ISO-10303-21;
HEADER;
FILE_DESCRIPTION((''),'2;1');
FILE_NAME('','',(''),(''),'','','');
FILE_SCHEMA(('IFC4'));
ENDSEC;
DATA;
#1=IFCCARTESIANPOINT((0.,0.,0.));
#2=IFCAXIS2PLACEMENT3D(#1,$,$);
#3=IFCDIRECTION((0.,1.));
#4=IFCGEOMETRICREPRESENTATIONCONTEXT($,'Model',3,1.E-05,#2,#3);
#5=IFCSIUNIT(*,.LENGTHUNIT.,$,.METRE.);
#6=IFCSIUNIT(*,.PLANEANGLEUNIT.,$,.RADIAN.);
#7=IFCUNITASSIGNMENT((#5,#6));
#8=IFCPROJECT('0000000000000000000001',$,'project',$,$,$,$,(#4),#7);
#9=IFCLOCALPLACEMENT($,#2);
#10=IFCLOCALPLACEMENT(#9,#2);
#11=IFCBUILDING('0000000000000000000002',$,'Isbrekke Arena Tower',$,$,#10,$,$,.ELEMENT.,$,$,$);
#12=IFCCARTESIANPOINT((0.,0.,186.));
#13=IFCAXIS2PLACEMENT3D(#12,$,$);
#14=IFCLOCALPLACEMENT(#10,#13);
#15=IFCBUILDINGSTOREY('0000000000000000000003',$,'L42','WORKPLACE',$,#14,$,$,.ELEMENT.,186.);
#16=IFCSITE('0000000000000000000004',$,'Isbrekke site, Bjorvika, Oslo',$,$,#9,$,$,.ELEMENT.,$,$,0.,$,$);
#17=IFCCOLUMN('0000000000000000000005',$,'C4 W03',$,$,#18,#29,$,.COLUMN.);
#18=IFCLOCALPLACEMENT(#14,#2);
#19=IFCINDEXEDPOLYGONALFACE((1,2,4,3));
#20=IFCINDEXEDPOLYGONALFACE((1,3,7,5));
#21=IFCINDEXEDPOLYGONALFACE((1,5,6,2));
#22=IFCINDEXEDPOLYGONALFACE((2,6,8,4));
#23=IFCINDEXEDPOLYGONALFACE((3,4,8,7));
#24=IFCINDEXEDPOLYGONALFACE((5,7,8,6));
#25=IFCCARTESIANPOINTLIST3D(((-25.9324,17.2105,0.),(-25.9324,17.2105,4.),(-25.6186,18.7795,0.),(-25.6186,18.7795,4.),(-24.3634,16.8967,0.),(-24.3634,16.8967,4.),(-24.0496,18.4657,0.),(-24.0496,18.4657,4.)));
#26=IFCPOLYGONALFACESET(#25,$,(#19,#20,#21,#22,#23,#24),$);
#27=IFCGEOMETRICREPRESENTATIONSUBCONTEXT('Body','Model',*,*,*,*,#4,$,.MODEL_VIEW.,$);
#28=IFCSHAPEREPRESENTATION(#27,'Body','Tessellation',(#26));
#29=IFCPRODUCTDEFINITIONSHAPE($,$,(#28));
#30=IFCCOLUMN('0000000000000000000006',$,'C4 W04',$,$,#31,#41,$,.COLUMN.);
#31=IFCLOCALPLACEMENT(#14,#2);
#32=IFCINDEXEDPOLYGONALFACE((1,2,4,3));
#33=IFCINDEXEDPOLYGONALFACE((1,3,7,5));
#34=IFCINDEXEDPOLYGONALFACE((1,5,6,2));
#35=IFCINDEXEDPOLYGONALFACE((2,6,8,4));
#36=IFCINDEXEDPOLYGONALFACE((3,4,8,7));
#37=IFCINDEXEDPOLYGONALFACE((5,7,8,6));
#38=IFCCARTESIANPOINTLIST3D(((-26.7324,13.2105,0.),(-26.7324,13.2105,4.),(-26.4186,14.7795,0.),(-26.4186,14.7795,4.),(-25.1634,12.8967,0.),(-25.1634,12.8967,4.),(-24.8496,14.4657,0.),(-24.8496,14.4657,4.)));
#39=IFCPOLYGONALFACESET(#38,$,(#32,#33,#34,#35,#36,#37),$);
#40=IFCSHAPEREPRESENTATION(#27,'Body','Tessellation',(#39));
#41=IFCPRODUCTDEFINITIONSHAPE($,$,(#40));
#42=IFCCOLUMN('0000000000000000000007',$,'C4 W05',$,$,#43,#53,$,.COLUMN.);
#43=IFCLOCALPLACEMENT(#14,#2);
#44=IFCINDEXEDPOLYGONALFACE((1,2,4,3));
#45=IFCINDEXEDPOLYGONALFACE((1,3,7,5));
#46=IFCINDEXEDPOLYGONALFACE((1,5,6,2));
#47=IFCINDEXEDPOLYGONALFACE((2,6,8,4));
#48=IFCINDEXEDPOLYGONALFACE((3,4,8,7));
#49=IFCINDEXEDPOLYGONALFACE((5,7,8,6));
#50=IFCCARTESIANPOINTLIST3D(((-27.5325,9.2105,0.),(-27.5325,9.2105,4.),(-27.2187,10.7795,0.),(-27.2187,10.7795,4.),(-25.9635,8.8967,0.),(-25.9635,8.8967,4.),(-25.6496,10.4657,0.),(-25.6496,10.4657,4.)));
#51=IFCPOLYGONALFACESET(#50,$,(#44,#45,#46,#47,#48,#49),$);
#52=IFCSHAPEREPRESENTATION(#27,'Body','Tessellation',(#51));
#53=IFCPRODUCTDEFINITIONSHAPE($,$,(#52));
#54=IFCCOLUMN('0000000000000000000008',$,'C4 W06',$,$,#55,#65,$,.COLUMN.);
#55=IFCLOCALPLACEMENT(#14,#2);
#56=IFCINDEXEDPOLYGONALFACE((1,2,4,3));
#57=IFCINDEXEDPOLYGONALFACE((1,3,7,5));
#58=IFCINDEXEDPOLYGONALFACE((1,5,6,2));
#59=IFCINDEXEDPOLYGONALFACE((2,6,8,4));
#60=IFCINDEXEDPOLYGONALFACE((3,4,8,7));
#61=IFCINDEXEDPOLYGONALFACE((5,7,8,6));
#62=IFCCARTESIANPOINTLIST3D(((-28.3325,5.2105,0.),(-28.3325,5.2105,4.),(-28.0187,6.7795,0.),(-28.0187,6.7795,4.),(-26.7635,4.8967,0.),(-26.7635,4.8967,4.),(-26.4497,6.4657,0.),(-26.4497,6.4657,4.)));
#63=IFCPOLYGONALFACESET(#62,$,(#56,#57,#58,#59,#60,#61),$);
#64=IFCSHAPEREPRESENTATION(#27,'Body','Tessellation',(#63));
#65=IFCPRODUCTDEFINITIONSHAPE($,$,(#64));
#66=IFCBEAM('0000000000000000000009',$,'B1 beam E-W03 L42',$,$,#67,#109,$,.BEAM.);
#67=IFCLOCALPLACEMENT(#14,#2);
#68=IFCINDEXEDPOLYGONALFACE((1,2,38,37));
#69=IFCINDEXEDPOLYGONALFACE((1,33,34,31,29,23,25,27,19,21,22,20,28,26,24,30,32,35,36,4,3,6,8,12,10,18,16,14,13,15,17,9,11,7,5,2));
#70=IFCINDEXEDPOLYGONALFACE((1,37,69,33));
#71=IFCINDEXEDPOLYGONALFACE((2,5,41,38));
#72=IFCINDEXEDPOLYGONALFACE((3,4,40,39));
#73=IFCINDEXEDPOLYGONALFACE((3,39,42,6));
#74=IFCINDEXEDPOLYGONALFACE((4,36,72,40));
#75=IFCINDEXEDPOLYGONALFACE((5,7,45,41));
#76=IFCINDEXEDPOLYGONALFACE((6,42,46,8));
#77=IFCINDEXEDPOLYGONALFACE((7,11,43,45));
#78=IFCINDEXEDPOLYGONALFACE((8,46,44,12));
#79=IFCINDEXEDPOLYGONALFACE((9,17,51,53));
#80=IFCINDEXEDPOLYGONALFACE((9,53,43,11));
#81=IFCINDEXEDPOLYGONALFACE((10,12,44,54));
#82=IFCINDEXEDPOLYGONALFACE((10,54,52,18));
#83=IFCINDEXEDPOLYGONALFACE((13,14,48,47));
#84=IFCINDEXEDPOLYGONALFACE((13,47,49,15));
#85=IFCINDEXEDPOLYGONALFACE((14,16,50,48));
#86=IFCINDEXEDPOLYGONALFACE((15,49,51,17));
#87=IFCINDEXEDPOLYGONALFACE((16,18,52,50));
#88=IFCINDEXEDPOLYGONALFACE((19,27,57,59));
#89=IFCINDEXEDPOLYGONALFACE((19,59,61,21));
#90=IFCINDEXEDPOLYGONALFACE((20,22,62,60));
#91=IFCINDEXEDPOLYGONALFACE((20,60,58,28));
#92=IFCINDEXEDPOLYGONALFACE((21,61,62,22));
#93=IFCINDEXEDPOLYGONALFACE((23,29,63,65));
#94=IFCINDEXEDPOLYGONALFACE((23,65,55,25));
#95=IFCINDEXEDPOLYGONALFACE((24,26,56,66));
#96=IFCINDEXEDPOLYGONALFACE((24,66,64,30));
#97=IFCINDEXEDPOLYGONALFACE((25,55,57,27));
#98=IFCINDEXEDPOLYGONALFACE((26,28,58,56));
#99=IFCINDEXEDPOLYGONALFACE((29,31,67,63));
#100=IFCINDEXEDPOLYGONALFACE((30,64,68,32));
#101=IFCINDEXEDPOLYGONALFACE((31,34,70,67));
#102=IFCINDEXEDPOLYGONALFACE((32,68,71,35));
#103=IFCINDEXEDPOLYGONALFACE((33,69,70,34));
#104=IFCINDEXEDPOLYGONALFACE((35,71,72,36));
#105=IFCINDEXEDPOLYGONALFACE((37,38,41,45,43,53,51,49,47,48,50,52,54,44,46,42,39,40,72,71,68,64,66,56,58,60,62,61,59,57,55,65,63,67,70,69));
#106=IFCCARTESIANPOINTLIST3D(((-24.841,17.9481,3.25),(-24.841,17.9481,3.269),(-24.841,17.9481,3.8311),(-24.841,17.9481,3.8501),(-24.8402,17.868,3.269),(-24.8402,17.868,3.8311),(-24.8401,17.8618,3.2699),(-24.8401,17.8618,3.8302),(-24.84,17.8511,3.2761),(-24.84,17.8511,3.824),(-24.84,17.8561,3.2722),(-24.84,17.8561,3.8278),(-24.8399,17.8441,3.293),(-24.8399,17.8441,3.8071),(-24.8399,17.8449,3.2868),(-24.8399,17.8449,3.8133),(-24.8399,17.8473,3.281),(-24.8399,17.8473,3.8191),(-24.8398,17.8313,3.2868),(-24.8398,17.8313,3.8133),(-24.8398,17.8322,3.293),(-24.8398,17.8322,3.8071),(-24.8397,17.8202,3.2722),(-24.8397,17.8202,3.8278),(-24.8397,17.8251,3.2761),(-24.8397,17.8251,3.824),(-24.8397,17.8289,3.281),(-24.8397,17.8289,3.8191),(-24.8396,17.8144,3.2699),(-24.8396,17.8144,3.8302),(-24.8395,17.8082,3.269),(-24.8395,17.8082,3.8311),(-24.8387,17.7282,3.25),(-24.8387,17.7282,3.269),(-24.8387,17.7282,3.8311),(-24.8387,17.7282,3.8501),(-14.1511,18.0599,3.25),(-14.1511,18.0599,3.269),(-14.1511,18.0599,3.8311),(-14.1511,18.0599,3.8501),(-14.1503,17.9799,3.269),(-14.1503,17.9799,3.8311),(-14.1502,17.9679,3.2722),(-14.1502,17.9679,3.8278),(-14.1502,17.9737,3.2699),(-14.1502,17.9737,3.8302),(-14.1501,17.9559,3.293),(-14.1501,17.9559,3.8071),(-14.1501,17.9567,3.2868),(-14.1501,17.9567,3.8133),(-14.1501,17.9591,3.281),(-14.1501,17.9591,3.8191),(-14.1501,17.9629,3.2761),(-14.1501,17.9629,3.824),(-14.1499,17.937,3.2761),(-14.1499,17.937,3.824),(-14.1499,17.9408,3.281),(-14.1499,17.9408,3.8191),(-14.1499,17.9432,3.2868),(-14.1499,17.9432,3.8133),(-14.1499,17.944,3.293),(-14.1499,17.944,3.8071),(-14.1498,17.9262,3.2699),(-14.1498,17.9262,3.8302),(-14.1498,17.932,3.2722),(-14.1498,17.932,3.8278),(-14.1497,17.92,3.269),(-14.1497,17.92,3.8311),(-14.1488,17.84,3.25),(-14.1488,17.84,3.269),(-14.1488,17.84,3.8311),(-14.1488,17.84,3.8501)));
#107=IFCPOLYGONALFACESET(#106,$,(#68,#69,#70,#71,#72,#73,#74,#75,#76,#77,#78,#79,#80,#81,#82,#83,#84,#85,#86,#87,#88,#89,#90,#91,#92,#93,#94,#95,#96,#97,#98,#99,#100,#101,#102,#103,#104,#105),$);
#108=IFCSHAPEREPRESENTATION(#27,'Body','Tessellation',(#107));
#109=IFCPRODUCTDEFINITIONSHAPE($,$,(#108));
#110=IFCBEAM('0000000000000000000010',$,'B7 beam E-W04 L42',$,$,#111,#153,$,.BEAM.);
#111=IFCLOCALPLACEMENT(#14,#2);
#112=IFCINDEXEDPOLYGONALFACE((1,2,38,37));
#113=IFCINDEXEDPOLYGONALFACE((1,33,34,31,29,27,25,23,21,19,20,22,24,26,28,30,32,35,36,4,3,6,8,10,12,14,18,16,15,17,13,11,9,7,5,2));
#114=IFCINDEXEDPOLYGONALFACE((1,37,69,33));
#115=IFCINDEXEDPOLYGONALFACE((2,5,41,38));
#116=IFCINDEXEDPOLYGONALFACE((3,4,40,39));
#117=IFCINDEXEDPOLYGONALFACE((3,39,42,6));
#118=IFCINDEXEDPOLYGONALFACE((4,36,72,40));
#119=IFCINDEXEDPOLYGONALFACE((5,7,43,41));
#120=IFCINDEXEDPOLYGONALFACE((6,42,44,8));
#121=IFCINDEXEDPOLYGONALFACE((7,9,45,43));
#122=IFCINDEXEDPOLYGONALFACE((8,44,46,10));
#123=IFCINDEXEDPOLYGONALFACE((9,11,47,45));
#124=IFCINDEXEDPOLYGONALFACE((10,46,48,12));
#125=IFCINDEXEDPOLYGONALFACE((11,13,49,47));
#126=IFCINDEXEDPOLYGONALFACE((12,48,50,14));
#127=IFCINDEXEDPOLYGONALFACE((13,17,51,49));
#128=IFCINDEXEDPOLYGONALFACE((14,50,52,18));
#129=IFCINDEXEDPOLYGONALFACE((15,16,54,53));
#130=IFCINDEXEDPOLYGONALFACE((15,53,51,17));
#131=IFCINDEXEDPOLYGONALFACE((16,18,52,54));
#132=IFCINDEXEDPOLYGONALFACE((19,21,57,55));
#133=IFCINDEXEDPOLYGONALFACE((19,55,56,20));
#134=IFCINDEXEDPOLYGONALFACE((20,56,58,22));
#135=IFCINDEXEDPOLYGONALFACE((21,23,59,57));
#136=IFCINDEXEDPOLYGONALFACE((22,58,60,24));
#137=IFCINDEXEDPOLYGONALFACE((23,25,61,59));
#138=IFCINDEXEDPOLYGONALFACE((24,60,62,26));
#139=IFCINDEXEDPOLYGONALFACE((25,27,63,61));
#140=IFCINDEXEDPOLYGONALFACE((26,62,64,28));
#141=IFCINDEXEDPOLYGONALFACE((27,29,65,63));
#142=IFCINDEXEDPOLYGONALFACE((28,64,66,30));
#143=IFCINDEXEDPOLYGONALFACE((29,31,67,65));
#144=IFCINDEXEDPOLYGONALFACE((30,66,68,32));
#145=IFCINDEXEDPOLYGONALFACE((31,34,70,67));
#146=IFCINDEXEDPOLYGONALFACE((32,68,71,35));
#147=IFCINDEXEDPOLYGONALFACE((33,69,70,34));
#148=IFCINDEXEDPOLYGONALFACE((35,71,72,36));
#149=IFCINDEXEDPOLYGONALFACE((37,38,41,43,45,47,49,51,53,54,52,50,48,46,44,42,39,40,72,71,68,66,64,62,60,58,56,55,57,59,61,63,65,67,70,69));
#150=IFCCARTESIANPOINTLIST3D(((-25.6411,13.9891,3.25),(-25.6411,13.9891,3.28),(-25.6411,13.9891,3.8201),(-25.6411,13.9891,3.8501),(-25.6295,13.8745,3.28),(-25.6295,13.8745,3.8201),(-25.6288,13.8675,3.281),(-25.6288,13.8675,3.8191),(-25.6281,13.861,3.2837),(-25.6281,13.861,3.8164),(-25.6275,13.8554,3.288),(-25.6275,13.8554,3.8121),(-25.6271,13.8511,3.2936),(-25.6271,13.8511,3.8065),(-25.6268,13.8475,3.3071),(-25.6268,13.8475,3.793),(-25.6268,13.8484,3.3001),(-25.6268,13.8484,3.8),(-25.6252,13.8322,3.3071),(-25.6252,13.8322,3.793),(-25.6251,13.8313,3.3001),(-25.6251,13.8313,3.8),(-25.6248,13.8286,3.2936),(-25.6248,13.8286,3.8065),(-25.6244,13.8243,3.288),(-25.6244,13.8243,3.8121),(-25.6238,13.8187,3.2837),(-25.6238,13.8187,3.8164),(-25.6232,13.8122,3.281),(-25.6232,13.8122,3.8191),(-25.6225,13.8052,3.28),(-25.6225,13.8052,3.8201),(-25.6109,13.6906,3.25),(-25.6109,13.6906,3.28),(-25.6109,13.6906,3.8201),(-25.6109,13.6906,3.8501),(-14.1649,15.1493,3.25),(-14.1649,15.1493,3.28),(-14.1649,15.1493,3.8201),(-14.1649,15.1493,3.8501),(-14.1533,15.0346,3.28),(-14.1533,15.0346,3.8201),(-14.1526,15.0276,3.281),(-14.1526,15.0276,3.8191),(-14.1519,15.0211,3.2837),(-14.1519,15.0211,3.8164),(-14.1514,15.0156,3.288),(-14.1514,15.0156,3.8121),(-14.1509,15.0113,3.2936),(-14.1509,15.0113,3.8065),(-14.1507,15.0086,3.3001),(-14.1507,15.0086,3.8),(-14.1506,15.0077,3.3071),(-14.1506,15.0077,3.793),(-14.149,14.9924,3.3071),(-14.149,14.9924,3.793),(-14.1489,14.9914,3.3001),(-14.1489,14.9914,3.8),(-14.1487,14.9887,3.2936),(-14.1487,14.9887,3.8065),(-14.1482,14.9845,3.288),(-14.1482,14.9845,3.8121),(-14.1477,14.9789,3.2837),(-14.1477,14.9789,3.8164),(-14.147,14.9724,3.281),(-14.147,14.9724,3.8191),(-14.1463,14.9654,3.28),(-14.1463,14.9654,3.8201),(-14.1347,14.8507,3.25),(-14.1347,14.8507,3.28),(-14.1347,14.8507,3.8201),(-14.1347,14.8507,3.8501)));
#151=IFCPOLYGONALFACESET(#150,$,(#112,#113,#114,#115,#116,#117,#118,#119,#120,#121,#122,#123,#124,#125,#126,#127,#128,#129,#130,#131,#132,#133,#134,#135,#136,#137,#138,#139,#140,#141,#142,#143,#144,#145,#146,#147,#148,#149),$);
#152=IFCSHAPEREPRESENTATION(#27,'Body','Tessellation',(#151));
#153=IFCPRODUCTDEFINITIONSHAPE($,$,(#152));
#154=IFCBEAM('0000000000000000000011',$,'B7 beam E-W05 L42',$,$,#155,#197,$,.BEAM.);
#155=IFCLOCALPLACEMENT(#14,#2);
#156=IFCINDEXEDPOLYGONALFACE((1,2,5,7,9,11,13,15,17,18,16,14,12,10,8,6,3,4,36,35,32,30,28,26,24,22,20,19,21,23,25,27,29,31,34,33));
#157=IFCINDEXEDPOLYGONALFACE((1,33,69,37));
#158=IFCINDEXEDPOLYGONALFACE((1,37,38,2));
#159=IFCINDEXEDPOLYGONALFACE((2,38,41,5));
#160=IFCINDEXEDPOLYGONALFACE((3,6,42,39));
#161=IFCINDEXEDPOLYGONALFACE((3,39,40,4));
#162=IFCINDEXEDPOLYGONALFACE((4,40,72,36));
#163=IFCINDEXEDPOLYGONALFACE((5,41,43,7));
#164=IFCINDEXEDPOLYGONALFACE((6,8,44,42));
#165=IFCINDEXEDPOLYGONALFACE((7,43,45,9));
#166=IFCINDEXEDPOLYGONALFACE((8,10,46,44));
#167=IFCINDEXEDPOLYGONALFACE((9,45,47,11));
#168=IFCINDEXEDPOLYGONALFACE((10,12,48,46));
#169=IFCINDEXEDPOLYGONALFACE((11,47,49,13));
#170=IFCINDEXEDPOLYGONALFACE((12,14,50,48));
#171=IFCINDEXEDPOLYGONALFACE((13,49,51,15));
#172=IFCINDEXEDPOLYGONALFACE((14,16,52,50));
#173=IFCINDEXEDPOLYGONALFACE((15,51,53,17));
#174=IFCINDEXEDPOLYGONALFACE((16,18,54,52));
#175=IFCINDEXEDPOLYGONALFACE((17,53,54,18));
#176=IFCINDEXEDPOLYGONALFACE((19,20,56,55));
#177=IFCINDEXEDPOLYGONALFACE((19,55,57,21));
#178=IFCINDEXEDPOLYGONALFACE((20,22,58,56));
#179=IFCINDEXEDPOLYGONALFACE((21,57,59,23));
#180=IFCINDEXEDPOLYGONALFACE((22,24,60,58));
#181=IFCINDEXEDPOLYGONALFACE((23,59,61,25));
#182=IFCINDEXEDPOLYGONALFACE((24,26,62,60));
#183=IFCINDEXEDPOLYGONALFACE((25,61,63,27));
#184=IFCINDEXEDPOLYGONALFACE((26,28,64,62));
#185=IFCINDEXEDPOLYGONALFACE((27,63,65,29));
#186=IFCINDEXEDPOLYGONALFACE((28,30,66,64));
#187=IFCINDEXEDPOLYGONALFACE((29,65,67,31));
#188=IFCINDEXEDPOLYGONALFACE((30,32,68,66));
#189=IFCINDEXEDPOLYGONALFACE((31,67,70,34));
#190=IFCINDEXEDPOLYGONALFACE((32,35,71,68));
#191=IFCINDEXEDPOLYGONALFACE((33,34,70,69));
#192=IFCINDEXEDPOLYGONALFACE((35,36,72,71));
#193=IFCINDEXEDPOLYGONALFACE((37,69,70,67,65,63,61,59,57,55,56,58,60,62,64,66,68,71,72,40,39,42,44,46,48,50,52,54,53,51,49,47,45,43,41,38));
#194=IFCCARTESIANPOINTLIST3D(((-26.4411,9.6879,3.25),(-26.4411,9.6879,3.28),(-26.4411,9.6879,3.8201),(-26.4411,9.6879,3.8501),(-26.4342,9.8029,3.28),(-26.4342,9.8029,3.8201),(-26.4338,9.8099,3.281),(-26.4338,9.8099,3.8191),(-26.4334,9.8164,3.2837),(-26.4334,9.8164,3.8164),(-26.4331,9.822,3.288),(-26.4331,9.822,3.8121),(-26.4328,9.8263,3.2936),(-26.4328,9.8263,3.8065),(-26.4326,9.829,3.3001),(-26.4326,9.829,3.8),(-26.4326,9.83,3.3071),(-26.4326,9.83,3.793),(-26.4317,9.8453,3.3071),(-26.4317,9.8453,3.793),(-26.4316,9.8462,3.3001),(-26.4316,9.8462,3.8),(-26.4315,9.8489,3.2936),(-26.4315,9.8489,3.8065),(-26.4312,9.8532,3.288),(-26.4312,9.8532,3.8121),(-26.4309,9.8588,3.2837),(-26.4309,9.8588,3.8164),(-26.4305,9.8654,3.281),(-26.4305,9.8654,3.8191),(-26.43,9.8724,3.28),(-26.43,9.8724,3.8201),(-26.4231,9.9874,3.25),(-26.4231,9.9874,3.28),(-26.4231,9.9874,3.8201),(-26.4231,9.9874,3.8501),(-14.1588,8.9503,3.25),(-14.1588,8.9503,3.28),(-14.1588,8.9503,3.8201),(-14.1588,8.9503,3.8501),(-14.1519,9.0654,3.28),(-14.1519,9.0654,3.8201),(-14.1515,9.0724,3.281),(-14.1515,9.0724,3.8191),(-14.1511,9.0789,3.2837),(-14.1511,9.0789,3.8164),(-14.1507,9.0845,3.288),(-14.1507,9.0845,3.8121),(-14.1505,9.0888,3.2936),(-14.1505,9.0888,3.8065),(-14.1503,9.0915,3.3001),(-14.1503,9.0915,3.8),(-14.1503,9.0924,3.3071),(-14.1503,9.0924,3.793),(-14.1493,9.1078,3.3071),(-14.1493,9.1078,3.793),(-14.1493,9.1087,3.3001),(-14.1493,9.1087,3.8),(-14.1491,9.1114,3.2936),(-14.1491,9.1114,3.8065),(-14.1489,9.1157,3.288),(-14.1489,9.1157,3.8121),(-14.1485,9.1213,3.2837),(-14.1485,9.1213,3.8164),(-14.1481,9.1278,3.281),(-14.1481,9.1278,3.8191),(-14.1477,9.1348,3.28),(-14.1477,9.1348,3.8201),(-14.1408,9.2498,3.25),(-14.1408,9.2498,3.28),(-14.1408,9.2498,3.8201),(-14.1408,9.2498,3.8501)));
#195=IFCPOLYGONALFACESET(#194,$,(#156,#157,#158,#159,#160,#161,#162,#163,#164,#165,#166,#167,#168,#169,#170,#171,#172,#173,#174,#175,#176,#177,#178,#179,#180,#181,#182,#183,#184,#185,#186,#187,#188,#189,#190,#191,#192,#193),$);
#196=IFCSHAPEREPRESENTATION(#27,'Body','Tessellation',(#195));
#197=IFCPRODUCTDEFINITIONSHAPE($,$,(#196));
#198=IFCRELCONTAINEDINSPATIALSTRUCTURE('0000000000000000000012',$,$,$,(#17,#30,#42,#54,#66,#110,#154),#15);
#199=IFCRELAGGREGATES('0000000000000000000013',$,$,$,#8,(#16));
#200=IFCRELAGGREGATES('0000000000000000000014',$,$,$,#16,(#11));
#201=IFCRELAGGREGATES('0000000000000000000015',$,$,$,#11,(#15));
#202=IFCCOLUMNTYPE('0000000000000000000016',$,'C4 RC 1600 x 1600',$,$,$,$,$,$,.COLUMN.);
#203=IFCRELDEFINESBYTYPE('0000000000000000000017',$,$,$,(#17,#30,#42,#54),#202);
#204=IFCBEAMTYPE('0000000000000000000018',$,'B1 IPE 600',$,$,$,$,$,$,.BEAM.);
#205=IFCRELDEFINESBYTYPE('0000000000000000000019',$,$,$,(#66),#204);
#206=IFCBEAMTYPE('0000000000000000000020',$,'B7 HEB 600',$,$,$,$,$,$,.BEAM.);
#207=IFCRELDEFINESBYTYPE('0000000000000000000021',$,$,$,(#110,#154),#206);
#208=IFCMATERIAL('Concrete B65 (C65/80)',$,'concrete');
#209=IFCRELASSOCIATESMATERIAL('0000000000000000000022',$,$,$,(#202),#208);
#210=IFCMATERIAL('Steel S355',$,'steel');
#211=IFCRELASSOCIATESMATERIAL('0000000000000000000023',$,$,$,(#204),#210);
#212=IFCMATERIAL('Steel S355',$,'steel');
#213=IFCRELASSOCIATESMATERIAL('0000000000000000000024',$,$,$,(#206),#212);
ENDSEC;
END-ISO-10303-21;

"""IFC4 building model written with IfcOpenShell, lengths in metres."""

from ifc_helpers import new_model, si_unit, direction, frame, origin, origin_2d, place, context, subcontext, project, spatial, rectangle, i_section, extrude, material, material_profile, profile_set, type_object, element, save


model = new_model("IFC4")

# Units and contexts
model_context = context("Model", 3, precision=1e-05, world=origin(), true_north=direction((0.0, 1.0)))
body_context = subcontext(model_context, "Body", "Model", "MODEL_VIEW")
ifc_project = project(units=[si_unit("LENGTHUNIT", "METRE"), si_unit("PLANEANGLEUNIT", "RADIAN")], contexts=[model_context])

# Site, building, storey
site_placement = place(None, origin())
site = spatial("IfcSite", under=ifc_project, at=site_placement, Name="Isbrekke site, Bjorvika, Oslo", CompositionType="ELEMENT", RefElevation=0.0)
building_placement = place(site_placement, origin())
building = spatial("IfcBuilding", under=site, at=building_placement, Name="Isbrekke Arena Tower", CompositionType="ELEMENT")
storey_placement = place(building_placement, frame((0.0, 0.0, 186.0)))
storey = spatial("IfcBuildingStorey", under=building, at=storey_placement, Name="L42", Description="WORKPLACE", CompositionType="ELEMENT", Elevation=186.0)

# Columns
ifc_material_1 = material(Name="Concrete B65 (C65/80)", Category="concrete")
ifc_material_profile_1 = material_profile(ifc_material_1, rectangle(XDim=1.6001, YDim=1.6001, at=origin_2d()), Name="RC 1600x1600")
ifc_profile_set_1 = profile_set([ifc_material_profile_1], Name="Concrete B65 (C65/80)")
column_type = type_object("IfcColumnType", Name="C4 RC 1600 x 1600", PredefinedType="COLUMN", material=ifc_profile_set_1)
for number, where, z_axis, x_axis, name in (
    (1, (-24.991, 17.8381, 0.0), (0.0, 0.0, 1.0), (-0.196116, -0.980581, 0.0), "C4 W03"),
    (2, (-25.791, 13.8381, 0.0), (0.0, 0.0, 1.0), (-0.196116, -0.980581, 0.0), "C4 W04"),
    (3, (-26.5911, 9.8381, 0.0), (0.0, 0.0, 1.0), (-0.196116, -0.980581, 0.0), "C4 W05"),
    (4, (-27.3911, 5.8381, 0.0), (0.0, 0.0, 1.0), (-0.196116, -0.980581, 0.0), "C4 W06"),
):
    element("IfcColumn", number, at=place(storey_placement, frame(where, z_axis=z_axis, x_axis=x_axis)), inside=storey, type_object=column_type, Name=name, PredefinedType="COLUMN", context=body_context, shape_type="SweptSolid", body=[
        extrude(rectangle(XDim=1.6001, YDim=1.6001, at=origin_2d()), origin(), (0.0, 0.0, 1.0), 4.0),
    ])

# Beams
ifc_material_2 = material(Name="Steel S355", Category="steel")
ifc_material_profile_2 = material_profile(ifc_material_2, i_section(OverallWidth=0.22, OverallDepth=0.6001, WebThickness=0.012, FlangeThickness=0.019, FilletRadius=0.0239, at=origin_2d()), Name="IPE 600")
ifc_profile_set_2 = profile_set([ifc_material_profile_2], Name="Steel S355")
beam_type_1 = type_object("IfcBeamType", Name="B1 IPE 600", PredefinedType="BEAM", material=ifc_profile_set_2)
beam_1_placement = place(storey_placement, frame((-24.8398, 17.8381, 3.55), z_axis=(0.999945, 0.010459, 0.0), x_axis=(-0.010459, 0.999945, 0.0)))
element("IfcBeam", 5, at=beam_1_placement, inside=storey, type_object=beam_type_1, Name="B1 beam E-W03 L42", PredefinedType="BEAM", context=body_context, shape_type="SweptSolid", body=[
    extrude(i_section(OverallWidth=0.22, OverallDepth=0.6001, WebThickness=0.012, FlangeThickness=0.019, FilletRadius=0.0239, at=origin_2d()), origin(), (0.0, 0.0, 1.0), 10.6904),
])
ifc_material_3 = material(Name="Steel S355", Category="steel")
ifc_material_profile_3 = material_profile(ifc_material_3, i_section(OverallWidth=0.3, OverallDepth=0.6001, WebThickness=0.0154, FlangeThickness=0.03, FilletRadius=0.0271, at=origin_2d()), Name="HEB 600")
ifc_profile_set_3 = profile_set([ifc_material_profile_3], Name="Steel S355")
beam_type_2 = type_object("IfcBeamType", Name="B7 HEB 600", PredefinedType="BEAM", material=ifc_profile_set_3)
beam_2_placement = place(storey_placement, frame((-25.626, 13.8398, 3.55), z_axis=(0.994929, 0.100581, 0.0), x_axis=(-0.100581, 0.994929, 0.0)))
element("IfcBeam", 6, at=beam_2_placement, inside=storey, type_object=beam_type_2, Name="B7 beam E-W04 L42", PredefinedType="BEAM", context=body_context, shape_type="SweptSolid", body=[
    extrude(i_section(OverallWidth=0.3, OverallDepth=0.6001, WebThickness=0.0154, FlangeThickness=0.03, FilletRadius=0.0271, at=origin_2d()), origin(), (0.0, 0.0, 1.0), 11.5347),
])
beam_3_placement = place(storey_placement, frame((-26.4321, 9.8376, 3.55), z_axis=(0.998202, -0.059942, 0.0), x_axis=(0.059942, 0.998202, 0.0)))
element("IfcBeam", 7, at=beam_3_placement, inside=storey, type_object=beam_type_2, Name="B7 beam E-W05 L42", PredefinedType="BEAM", context=body_context, shape_type="SweptSolid", body=[
    extrude(i_section(OverallWidth=0.3, OverallDepth=0.6001, WebThickness=0.0154, FlangeThickness=0.03, FilletRadius=0.0271, at=origin_2d()), origin(), (0.0, 0.0, 1.0), 12.3044),
])

save(model, "model.ifc")
